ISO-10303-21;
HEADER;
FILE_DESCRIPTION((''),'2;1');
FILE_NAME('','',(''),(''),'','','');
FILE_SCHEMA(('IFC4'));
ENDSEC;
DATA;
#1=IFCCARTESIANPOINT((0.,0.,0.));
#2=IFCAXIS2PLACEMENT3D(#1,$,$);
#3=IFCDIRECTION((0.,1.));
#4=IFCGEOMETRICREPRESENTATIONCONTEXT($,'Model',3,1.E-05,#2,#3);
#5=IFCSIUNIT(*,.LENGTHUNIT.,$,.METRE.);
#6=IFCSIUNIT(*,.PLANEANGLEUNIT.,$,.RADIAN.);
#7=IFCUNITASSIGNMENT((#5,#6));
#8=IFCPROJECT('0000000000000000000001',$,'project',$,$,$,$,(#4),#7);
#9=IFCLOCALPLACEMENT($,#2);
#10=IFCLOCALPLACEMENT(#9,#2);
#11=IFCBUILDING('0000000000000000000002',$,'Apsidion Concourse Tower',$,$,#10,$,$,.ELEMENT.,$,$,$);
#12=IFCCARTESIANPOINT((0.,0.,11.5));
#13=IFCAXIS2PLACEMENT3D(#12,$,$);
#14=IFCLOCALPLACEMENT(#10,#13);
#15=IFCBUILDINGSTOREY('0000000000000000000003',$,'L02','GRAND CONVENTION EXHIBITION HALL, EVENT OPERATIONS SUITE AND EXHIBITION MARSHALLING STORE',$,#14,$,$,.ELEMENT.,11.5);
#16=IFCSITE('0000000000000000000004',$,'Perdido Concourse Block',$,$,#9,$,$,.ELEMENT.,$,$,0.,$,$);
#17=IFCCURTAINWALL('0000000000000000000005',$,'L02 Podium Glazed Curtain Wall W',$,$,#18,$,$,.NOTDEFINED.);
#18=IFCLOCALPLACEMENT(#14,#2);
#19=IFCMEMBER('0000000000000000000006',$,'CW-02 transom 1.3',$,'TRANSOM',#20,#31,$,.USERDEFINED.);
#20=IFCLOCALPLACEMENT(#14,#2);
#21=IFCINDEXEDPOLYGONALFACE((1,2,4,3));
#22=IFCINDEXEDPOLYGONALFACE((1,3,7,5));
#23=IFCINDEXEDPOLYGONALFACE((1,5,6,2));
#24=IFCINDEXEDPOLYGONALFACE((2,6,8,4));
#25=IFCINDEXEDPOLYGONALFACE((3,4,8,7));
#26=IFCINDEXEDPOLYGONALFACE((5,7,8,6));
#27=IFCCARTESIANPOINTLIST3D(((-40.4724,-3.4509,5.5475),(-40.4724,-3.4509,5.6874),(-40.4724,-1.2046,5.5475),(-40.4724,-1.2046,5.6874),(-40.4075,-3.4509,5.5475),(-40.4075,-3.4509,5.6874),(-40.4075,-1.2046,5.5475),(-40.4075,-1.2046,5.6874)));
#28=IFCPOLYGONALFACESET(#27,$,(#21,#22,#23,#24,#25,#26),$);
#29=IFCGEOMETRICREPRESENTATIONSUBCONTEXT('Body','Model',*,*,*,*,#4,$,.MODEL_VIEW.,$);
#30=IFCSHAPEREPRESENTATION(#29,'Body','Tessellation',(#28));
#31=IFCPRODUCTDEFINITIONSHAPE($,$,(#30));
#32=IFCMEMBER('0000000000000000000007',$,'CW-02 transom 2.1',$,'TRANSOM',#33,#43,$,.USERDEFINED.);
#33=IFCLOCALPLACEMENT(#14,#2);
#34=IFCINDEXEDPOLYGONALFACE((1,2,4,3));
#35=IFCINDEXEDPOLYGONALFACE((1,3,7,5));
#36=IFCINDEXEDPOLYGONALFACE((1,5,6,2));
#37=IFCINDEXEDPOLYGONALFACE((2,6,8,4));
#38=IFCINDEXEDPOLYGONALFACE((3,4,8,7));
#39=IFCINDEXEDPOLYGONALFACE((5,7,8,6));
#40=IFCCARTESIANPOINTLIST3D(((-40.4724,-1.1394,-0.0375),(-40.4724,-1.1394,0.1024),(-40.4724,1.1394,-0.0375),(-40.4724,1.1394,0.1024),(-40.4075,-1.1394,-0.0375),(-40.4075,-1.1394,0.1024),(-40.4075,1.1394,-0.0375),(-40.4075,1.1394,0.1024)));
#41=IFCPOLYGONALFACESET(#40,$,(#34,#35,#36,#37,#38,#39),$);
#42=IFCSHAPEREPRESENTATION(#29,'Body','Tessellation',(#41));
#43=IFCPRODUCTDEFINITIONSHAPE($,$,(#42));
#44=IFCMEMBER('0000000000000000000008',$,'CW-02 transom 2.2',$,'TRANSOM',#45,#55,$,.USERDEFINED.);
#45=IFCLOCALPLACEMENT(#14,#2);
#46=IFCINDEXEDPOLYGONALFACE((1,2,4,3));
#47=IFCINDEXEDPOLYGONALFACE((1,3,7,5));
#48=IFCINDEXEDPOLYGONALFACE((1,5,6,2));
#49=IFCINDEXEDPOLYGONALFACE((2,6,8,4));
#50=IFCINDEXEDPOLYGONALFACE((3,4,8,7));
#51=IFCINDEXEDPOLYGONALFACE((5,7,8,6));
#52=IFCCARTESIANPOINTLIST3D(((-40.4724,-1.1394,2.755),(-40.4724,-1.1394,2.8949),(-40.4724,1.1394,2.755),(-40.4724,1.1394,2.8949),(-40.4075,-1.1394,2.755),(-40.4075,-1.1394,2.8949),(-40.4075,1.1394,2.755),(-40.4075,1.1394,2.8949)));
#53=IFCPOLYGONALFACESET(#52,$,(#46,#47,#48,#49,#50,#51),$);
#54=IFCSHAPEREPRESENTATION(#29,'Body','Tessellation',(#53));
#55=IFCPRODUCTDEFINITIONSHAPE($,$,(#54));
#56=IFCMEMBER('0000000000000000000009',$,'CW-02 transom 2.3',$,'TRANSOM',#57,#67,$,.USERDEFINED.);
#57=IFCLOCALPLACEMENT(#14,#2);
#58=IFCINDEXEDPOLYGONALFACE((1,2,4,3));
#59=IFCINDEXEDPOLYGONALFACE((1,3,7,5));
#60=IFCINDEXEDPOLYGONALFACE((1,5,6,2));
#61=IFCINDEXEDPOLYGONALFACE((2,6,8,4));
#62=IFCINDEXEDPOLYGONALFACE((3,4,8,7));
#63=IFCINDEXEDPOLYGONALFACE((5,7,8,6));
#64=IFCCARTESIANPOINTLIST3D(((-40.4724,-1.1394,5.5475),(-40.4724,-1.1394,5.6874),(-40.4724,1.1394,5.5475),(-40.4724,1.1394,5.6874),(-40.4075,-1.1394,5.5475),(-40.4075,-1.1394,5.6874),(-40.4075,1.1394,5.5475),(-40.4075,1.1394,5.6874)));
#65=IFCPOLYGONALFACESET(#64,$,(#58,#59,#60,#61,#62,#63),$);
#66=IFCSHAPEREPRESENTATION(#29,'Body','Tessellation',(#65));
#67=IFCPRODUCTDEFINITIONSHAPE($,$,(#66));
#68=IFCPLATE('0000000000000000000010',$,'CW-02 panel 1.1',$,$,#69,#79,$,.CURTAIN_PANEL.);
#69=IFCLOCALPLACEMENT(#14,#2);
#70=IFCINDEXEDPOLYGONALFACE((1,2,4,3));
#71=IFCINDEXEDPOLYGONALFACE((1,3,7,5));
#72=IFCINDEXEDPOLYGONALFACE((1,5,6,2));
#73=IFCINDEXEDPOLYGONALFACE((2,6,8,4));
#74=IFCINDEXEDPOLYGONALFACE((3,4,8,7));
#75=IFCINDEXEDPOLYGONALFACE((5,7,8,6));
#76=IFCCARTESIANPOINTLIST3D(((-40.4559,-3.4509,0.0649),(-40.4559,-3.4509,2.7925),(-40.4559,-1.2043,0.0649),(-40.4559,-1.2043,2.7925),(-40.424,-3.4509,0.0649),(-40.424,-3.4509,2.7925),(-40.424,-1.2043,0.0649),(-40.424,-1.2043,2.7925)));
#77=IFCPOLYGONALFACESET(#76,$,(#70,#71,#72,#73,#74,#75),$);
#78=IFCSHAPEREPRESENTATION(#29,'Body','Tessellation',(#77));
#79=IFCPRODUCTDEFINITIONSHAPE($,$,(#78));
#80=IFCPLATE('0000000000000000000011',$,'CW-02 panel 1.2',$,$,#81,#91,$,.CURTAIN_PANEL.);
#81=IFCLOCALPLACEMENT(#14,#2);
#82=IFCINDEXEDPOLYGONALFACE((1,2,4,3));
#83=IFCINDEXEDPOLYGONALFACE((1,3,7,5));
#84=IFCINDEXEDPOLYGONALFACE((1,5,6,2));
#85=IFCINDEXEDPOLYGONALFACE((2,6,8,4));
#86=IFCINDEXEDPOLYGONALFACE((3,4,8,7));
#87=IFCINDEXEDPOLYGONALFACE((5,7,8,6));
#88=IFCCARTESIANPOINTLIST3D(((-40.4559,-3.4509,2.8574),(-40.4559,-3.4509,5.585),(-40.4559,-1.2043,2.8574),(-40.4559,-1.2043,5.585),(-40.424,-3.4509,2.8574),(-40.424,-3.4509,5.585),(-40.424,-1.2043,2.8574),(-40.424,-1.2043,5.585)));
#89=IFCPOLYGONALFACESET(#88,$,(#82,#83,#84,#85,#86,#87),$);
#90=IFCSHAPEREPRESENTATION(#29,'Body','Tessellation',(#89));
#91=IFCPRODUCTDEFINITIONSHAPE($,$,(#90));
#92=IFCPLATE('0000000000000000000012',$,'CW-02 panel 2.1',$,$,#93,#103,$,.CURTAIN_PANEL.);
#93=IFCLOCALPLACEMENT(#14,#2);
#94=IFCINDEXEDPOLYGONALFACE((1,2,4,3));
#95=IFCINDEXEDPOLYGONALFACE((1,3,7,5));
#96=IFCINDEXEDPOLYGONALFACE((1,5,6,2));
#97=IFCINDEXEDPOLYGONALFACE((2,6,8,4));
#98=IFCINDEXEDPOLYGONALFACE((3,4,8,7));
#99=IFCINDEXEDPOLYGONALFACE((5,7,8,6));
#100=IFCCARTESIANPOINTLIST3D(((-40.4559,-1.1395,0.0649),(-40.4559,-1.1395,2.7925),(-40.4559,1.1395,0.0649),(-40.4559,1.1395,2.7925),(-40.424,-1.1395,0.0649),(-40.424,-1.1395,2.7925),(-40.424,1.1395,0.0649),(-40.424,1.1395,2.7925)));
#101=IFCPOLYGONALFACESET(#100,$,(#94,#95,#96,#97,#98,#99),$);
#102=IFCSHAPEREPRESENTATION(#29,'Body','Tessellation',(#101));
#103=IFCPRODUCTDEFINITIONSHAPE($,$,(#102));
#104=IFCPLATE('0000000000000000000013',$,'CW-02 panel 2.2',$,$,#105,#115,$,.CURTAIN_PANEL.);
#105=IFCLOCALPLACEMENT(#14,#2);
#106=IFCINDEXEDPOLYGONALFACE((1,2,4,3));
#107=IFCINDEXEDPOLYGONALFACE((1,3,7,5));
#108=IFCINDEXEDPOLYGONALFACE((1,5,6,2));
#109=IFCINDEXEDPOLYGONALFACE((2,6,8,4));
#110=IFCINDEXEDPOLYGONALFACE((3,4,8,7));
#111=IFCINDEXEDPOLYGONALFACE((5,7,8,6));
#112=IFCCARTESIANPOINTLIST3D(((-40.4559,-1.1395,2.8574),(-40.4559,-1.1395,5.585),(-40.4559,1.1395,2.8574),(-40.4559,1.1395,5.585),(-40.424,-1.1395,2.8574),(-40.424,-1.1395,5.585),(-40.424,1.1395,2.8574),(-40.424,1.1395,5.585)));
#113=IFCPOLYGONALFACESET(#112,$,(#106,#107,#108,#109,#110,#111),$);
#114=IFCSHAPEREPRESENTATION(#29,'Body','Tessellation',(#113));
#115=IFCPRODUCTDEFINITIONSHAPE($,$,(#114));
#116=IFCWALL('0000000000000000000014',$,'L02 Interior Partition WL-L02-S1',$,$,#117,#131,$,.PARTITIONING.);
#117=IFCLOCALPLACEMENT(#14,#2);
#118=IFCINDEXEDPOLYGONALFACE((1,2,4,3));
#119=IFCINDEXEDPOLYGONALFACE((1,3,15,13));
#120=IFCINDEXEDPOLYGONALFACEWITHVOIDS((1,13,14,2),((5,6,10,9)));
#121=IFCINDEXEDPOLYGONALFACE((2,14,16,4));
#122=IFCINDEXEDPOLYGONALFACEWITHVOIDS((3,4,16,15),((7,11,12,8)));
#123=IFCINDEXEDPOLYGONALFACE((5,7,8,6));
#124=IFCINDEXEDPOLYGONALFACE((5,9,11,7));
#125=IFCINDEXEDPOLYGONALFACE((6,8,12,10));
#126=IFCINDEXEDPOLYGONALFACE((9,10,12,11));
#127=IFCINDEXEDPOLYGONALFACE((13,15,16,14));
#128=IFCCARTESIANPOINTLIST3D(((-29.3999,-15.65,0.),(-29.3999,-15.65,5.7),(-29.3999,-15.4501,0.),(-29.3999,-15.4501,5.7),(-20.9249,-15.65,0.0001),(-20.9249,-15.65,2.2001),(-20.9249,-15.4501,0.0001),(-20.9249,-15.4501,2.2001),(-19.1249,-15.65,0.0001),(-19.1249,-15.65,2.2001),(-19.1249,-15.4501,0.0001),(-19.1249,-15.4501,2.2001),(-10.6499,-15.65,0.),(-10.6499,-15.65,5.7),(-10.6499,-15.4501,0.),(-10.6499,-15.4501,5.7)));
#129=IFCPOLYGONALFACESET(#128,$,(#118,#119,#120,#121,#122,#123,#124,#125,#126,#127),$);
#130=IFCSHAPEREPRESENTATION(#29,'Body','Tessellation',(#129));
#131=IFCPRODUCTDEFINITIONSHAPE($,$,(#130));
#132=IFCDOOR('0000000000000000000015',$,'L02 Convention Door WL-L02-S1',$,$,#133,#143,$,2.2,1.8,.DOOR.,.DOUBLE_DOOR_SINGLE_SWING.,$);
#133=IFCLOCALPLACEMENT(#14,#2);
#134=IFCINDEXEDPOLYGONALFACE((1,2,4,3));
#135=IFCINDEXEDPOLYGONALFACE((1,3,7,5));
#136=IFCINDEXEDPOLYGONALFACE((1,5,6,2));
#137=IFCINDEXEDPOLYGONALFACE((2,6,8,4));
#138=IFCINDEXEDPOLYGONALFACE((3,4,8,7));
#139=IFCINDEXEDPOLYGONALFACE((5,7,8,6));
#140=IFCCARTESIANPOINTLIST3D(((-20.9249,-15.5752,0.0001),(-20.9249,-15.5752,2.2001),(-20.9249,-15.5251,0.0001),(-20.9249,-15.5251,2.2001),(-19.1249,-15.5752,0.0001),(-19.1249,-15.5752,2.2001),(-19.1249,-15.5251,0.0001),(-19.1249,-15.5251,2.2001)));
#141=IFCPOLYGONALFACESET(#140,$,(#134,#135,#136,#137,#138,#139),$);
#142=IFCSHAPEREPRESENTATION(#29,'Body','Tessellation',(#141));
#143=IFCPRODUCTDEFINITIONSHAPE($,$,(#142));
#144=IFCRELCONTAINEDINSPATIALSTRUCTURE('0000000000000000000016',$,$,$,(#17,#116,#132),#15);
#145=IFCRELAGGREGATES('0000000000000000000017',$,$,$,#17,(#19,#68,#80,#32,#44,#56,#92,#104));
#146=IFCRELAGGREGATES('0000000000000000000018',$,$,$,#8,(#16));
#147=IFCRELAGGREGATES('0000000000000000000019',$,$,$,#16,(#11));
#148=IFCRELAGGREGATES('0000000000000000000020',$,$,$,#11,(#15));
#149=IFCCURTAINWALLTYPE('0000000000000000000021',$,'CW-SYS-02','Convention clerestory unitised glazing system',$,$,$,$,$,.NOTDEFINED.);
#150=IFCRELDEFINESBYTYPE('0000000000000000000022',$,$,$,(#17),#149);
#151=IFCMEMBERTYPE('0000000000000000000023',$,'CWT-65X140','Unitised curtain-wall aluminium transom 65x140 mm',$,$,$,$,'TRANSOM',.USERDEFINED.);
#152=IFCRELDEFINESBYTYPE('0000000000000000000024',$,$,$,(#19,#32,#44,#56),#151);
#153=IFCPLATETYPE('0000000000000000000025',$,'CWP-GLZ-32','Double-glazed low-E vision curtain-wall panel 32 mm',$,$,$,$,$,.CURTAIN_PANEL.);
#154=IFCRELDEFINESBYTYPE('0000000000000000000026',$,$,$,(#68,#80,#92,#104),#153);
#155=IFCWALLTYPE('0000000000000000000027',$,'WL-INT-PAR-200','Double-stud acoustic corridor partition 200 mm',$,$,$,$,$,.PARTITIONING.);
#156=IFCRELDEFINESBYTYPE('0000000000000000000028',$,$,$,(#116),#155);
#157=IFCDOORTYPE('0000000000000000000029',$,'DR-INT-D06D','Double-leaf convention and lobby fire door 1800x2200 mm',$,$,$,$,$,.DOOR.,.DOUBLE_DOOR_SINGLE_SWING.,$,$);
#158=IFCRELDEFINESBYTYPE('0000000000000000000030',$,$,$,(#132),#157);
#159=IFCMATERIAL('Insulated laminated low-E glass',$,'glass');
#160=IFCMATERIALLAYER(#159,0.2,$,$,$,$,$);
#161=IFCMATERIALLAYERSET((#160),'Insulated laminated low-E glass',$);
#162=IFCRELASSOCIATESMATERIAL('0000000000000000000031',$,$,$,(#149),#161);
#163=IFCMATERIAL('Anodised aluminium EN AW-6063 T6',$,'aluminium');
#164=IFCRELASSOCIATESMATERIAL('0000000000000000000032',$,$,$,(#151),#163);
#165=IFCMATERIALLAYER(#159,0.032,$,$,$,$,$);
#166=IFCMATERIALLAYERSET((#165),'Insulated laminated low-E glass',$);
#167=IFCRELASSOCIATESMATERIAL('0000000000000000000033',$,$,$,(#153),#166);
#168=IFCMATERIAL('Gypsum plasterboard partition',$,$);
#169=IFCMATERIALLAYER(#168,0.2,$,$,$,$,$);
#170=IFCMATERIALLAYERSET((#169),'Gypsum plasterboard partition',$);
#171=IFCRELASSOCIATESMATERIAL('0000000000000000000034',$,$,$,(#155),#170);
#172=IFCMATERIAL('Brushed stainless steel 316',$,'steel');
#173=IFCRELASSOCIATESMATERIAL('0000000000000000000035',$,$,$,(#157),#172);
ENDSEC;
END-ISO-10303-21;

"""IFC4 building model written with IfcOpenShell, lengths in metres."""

from ifc_helpers import new_model, si_unit, direction, frame, frame_2d, origin, origin_2d, place, context, subcontext, project, spatial, rectangle, extrude, material, layer, layer_set, material_profile, profile_set, type_object, element, fill, aggregate, save


model = new_model("IFC4")

# Units and contexts
model_context = context("Model", 3, precision=1e-05, world=origin(), true_north=direction((0.0, 1.0)))
body_context = subcontext(model_context, "Body", "Model", "MODEL_VIEW")
ifc_project = project(units=[si_unit("LENGTHUNIT", "METRE"), si_unit("PLANEANGLEUNIT", "RADIAN")], contexts=[model_context])

# Site, building, storey
site_placement = place(None, origin())
site = spatial("IfcSite", under=ifc_project, at=site_placement, Name="Perdido Concourse Block", CompositionType="ELEMENT", RefElevation=0.0)
building_placement = place(site_placement, origin())
building = spatial("IfcBuilding", under=site, at=building_placement, Name="Apsidion Concourse Tower", CompositionType="ELEMENT")
storey_placement = place(building_placement, frame((0.0, 0.0, 11.5)))
storey = spatial("IfcBuildingStorey", under=building, at=storey_placement, Name="L02", Description="GRAND CONVENTION EXHIBITION HALL, EVENT OPERATIONS SUITE AND EXHIBITION MARSHALLING STORE", CompositionType="ELEMENT", Elevation=11.5)

# Curtain wall, members, plates
ifc_material_1 = material(Name="Insulated laminated low-E glass", Category="glass")
ifc_layer_1 = layer(ifc_material_1, 0.2)
ifc_layer_set_1 = layer_set([ifc_layer_1], Name="Insulated laminated low-E glass")
curtain_wall_type = type_object("IfcCurtainWallType", Name="CW-SYS-02", Description="Convention clerestory unitised glazing system", PredefinedType="NOTDEFINED", material=ifc_layer_set_1)
curtain_wall_placement = place(storey_placement, origin())
curtain_wall = element("IfcCurtainWall", 1, at=curtain_wall_placement, inside=storey, type_object=curtain_wall_type, Name="L02 Podium Glazed Curtain Wall W", PredefinedType="NOTDEFINED")
ifc_material_2 = material(Name="Anodised aluminium EN AW-6063 T6", Category="aluminium")
ifc_material_profile_1 = material_profile(ifc_material_2, rectangle(XDim=0.0649, YDim=0.1399, at=origin_2d()), Name="ALU TRANSOM 65x140")
ifc_profile_set_1 = profile_set([ifc_material_profile_1], Name="Anodised aluminium EN AW-6063 T6")
member_type_1 = type_object("IfcMemberType", Name="CWT-65X140", Description="Unitised curtain-wall aluminium transom 65x140 mm", ElementType="TRANSOM", PredefinedType="USERDEFINED", material=ifc_profile_set_1)
member_1_placement = place(storey_placement, frame((-40.4399, -3.4509, 5.6174), z_axis=(0.0, 1.0, 0.0), x_axis=(-1.0, 0.0, 0.0)))
member_1 = element("IfcMember", 2, at=member_1_placement, type_object=member_type_1, Name="CW-02 transom 1.3", ObjectType="TRANSOM", PredefinedType="USERDEFINED", context=body_context, shape_type="SweptSolid", body=[
    extrude(rectangle(XDim=0.0649, YDim=0.1399, at=origin_2d()), origin(), (0.0, 0.0, 1.0), 2.2463),
])
member_2_placement = place(storey_placement, frame((-40.4399, -1.1394, 0.0325), z_axis=(0.0, 1.0, 0.0), x_axis=(-1.0, 0.0, 0.0)))
member_2 = element("IfcMember", 3, at=member_2_placement, type_object=member_type_1, Name="CW-02 transom 2.1", ObjectType="TRANSOM", PredefinedType="USERDEFINED", context=body_context, shape_type="SweptSolid", body=[
    extrude(rectangle(XDim=0.0649, YDim=0.1399, at=origin_2d()), origin(), (0.0, 0.0, 1.0), 2.2788),
])
member_3_placement = place(storey_placement, frame((-40.4399, -1.1394, 2.825), z_axis=(0.0, 1.0, 0.0), x_axis=(-1.0, 0.0, 0.0)))
member_3 = element("IfcMember", 4, at=member_3_placement, type_object=member_type_1, Name="CW-02 transom 2.2", ObjectType="TRANSOM", PredefinedType="USERDEFINED", context=body_context, shape_type="SweptSolid", body=[
    extrude(rectangle(XDim=0.0649, YDim=0.1399, at=origin_2d()), origin(), (0.0, 0.0, 1.0), 2.2788),
])
member_4_placement = place(storey_placement, frame((-40.4399, -1.1394, 5.6174), z_axis=(0.0, 1.0, 0.0), x_axis=(-1.0, 0.0, 0.0)))
member_4 = element("IfcMember", 5, at=member_4_placement, type_object=member_type_1, Name="CW-02 transom 2.3", ObjectType="TRANSOM", PredefinedType="USERDEFINED", context=body_context, shape_type="SweptSolid", body=[
    extrude(rectangle(XDim=0.0649, YDim=0.1399, at=origin_2d()), origin(), (0.0, 0.0, 1.0), 2.2788),
])
ifc_layer_2 = layer(ifc_material_1, 0.032)
ifc_layer_set_2 = layer_set([ifc_layer_2], Name="Insulated laminated low-E glass")
plate_type = type_object("IfcPlateType", Name="CWP-GLZ-32", Description="Double-glazed low-E vision curtain-wall panel 32 mm", PredefinedType="CURTAIN_PANEL", material=ifc_layer_set_2)
plate_1_placement = place(storey_placement, frame((-40.4399, -2.3276, 0.0649), z_axis=(0.0, 0.0, 1.0), x_axis=(0.0, 1.0, 0.0)))
plate_1 = element("IfcPlate", 6, at=plate_1_placement, type_object=plate_type, Name="CW-02 panel 1.1", PredefinedType="CURTAIN_PANEL", context=body_context, shape_type="SweptSolid", body=[
    extrude(rectangle(XDim=2.2466, YDim=0.032, at=origin_2d()), origin(), (0.0, 0.0, 1.0), 2.7275),
])
plate_2_placement = place(storey_placement, frame((-40.4399, -2.3276, 2.8574), z_axis=(0.0, 0.0, 1.0), x_axis=(0.0, 1.0, 0.0)))
plate_2 = element("IfcPlate", 7, at=plate_2_placement, type_object=plate_type, Name="CW-02 panel 1.2", PredefinedType="CURTAIN_PANEL", context=body_context, shape_type="SweptSolid", body=[
    extrude(rectangle(XDim=2.2466, YDim=0.032, at=origin_2d()), origin(), (0.0, 0.0, 1.0), 2.7275),
])
plate_3_placement = place(storey_placement, frame((-40.4399, 0.0, 0.0649), z_axis=(0.0, 0.0, 1.0), x_axis=(0.0, 1.0, 0.0)))
plate_3 = element("IfcPlate", 8, at=plate_3_placement, type_object=plate_type, Name="CW-02 panel 2.1", PredefinedType="CURTAIN_PANEL", context=body_context, shape_type="SweptSolid", body=[
    extrude(rectangle(XDim=2.2791, YDim=0.032, at=origin_2d()), origin(), (0.0, 0.0, 1.0), 2.7275),
])
plate_4_placement = place(storey_placement, frame((-40.4399, 0.0, 2.8574), z_axis=(0.0, 0.0, 1.0), x_axis=(0.0, 1.0, 0.0)))
plate_4 = element("IfcPlate", 9, at=plate_4_placement, type_object=plate_type, Name="CW-02 panel 2.2", PredefinedType="CURTAIN_PANEL", context=body_context, shape_type="SweptSolid", body=[
    extrude(rectangle(XDim=2.2791, YDim=0.032, at=origin_2d()), origin(), (0.0, 0.0, 1.0), 2.7275),
])
aggregate(curtain_wall, [member_1, plate_1, plate_2, member_2, member_3, member_4, plate_3, plate_4])

# Wall, opening, door
ifc_material_3 = material(Name="Gypsum plasterboard partition")
ifc_layer_3 = layer(ifc_material_3, 0.2)
ifc_layer_set_3 = layer_set([ifc_layer_3], Name="Gypsum plasterboard partition")
wall_type = type_object("IfcWallType", Name="WL-INT-PAR-200", Description="Double-stud acoustic corridor partition 200 mm", PredefinedType="PARTITIONING", material=ifc_layer_set_3)
wall_placement = place(storey_placement, frame((-29.3999, -15.55, 0.0), z_axis=(0.0, 0.0, 1.0), x_axis=(1.0, 0.0, 0.0)))
wall = element("IfcWall", 10, at=wall_placement, inside=storey, type_object=wall_type, Name="L02 Interior Partition WL-L02-S1", PredefinedType="PARTITIONING", context=body_context, shape_type="SweptSolid", body=[
    extrude(rectangle(XDim=18.75, YDim=0.2, at=frame_2d((9.375, 0.0))), origin(), (0.0, 0.0, 1.0), 5.7),
])
opening_placement = place(wall_placement, frame((8.4751, 0.0, 0.0)))
opening = element("IfcOpeningElement", 11, at=opening_placement, cuts=wall, PredefinedType="OPENING", context=body_context, shape_type="SweptSolid", body=[
    extrude(rectangle(XDim=1.8, YDim=2.2, at=frame_2d((0.8999, 1.1001))), frame((0.0, 0.1099, 0.0), z_axis=(0.0, -1.0, 0.0), x_axis=(1.0, 0.0, 0.0)), (0.0, 0.0, 1.0), 0.22),
])
ifc_material_4 = material(Name="Brushed stainless steel 316", Category="steel")
door_type = type_object("IfcDoorType", Name="DR-INT-D06D", Description="Double-leaf convention and lobby fire door 1800x2200 mm", OperationType="DOUBLE_DOOR_SINGLE_SWING", PredefinedType="DOOR", material=ifc_material_4)
door_placement = place(opening_placement, origin())
door = element("IfcDoor", 12, at=door_placement, inside=storey, type_object=door_type, Name="L02 Convention Door WL-L02-S1", OperationType="DOUBLE_DOOR_SINGLE_SWING", OverallHeight=2.2, OverallWidth=1.8, PredefinedType="DOOR", context=body_context, shape_type="SweptSolid", body=[
    extrude(rectangle(XDim=1.8, YDim=2.2, at=frame_2d((0.8999, 1.1001))), frame((0.0, 0.0249, 0.0), z_axis=(0.0, -1.0, 0.0), x_axis=(1.0, 0.0, 0.0)), (0.0, 0.0, 1.0), 0.05),
])
fill(opening, door)

save(model, "model.ifc")
